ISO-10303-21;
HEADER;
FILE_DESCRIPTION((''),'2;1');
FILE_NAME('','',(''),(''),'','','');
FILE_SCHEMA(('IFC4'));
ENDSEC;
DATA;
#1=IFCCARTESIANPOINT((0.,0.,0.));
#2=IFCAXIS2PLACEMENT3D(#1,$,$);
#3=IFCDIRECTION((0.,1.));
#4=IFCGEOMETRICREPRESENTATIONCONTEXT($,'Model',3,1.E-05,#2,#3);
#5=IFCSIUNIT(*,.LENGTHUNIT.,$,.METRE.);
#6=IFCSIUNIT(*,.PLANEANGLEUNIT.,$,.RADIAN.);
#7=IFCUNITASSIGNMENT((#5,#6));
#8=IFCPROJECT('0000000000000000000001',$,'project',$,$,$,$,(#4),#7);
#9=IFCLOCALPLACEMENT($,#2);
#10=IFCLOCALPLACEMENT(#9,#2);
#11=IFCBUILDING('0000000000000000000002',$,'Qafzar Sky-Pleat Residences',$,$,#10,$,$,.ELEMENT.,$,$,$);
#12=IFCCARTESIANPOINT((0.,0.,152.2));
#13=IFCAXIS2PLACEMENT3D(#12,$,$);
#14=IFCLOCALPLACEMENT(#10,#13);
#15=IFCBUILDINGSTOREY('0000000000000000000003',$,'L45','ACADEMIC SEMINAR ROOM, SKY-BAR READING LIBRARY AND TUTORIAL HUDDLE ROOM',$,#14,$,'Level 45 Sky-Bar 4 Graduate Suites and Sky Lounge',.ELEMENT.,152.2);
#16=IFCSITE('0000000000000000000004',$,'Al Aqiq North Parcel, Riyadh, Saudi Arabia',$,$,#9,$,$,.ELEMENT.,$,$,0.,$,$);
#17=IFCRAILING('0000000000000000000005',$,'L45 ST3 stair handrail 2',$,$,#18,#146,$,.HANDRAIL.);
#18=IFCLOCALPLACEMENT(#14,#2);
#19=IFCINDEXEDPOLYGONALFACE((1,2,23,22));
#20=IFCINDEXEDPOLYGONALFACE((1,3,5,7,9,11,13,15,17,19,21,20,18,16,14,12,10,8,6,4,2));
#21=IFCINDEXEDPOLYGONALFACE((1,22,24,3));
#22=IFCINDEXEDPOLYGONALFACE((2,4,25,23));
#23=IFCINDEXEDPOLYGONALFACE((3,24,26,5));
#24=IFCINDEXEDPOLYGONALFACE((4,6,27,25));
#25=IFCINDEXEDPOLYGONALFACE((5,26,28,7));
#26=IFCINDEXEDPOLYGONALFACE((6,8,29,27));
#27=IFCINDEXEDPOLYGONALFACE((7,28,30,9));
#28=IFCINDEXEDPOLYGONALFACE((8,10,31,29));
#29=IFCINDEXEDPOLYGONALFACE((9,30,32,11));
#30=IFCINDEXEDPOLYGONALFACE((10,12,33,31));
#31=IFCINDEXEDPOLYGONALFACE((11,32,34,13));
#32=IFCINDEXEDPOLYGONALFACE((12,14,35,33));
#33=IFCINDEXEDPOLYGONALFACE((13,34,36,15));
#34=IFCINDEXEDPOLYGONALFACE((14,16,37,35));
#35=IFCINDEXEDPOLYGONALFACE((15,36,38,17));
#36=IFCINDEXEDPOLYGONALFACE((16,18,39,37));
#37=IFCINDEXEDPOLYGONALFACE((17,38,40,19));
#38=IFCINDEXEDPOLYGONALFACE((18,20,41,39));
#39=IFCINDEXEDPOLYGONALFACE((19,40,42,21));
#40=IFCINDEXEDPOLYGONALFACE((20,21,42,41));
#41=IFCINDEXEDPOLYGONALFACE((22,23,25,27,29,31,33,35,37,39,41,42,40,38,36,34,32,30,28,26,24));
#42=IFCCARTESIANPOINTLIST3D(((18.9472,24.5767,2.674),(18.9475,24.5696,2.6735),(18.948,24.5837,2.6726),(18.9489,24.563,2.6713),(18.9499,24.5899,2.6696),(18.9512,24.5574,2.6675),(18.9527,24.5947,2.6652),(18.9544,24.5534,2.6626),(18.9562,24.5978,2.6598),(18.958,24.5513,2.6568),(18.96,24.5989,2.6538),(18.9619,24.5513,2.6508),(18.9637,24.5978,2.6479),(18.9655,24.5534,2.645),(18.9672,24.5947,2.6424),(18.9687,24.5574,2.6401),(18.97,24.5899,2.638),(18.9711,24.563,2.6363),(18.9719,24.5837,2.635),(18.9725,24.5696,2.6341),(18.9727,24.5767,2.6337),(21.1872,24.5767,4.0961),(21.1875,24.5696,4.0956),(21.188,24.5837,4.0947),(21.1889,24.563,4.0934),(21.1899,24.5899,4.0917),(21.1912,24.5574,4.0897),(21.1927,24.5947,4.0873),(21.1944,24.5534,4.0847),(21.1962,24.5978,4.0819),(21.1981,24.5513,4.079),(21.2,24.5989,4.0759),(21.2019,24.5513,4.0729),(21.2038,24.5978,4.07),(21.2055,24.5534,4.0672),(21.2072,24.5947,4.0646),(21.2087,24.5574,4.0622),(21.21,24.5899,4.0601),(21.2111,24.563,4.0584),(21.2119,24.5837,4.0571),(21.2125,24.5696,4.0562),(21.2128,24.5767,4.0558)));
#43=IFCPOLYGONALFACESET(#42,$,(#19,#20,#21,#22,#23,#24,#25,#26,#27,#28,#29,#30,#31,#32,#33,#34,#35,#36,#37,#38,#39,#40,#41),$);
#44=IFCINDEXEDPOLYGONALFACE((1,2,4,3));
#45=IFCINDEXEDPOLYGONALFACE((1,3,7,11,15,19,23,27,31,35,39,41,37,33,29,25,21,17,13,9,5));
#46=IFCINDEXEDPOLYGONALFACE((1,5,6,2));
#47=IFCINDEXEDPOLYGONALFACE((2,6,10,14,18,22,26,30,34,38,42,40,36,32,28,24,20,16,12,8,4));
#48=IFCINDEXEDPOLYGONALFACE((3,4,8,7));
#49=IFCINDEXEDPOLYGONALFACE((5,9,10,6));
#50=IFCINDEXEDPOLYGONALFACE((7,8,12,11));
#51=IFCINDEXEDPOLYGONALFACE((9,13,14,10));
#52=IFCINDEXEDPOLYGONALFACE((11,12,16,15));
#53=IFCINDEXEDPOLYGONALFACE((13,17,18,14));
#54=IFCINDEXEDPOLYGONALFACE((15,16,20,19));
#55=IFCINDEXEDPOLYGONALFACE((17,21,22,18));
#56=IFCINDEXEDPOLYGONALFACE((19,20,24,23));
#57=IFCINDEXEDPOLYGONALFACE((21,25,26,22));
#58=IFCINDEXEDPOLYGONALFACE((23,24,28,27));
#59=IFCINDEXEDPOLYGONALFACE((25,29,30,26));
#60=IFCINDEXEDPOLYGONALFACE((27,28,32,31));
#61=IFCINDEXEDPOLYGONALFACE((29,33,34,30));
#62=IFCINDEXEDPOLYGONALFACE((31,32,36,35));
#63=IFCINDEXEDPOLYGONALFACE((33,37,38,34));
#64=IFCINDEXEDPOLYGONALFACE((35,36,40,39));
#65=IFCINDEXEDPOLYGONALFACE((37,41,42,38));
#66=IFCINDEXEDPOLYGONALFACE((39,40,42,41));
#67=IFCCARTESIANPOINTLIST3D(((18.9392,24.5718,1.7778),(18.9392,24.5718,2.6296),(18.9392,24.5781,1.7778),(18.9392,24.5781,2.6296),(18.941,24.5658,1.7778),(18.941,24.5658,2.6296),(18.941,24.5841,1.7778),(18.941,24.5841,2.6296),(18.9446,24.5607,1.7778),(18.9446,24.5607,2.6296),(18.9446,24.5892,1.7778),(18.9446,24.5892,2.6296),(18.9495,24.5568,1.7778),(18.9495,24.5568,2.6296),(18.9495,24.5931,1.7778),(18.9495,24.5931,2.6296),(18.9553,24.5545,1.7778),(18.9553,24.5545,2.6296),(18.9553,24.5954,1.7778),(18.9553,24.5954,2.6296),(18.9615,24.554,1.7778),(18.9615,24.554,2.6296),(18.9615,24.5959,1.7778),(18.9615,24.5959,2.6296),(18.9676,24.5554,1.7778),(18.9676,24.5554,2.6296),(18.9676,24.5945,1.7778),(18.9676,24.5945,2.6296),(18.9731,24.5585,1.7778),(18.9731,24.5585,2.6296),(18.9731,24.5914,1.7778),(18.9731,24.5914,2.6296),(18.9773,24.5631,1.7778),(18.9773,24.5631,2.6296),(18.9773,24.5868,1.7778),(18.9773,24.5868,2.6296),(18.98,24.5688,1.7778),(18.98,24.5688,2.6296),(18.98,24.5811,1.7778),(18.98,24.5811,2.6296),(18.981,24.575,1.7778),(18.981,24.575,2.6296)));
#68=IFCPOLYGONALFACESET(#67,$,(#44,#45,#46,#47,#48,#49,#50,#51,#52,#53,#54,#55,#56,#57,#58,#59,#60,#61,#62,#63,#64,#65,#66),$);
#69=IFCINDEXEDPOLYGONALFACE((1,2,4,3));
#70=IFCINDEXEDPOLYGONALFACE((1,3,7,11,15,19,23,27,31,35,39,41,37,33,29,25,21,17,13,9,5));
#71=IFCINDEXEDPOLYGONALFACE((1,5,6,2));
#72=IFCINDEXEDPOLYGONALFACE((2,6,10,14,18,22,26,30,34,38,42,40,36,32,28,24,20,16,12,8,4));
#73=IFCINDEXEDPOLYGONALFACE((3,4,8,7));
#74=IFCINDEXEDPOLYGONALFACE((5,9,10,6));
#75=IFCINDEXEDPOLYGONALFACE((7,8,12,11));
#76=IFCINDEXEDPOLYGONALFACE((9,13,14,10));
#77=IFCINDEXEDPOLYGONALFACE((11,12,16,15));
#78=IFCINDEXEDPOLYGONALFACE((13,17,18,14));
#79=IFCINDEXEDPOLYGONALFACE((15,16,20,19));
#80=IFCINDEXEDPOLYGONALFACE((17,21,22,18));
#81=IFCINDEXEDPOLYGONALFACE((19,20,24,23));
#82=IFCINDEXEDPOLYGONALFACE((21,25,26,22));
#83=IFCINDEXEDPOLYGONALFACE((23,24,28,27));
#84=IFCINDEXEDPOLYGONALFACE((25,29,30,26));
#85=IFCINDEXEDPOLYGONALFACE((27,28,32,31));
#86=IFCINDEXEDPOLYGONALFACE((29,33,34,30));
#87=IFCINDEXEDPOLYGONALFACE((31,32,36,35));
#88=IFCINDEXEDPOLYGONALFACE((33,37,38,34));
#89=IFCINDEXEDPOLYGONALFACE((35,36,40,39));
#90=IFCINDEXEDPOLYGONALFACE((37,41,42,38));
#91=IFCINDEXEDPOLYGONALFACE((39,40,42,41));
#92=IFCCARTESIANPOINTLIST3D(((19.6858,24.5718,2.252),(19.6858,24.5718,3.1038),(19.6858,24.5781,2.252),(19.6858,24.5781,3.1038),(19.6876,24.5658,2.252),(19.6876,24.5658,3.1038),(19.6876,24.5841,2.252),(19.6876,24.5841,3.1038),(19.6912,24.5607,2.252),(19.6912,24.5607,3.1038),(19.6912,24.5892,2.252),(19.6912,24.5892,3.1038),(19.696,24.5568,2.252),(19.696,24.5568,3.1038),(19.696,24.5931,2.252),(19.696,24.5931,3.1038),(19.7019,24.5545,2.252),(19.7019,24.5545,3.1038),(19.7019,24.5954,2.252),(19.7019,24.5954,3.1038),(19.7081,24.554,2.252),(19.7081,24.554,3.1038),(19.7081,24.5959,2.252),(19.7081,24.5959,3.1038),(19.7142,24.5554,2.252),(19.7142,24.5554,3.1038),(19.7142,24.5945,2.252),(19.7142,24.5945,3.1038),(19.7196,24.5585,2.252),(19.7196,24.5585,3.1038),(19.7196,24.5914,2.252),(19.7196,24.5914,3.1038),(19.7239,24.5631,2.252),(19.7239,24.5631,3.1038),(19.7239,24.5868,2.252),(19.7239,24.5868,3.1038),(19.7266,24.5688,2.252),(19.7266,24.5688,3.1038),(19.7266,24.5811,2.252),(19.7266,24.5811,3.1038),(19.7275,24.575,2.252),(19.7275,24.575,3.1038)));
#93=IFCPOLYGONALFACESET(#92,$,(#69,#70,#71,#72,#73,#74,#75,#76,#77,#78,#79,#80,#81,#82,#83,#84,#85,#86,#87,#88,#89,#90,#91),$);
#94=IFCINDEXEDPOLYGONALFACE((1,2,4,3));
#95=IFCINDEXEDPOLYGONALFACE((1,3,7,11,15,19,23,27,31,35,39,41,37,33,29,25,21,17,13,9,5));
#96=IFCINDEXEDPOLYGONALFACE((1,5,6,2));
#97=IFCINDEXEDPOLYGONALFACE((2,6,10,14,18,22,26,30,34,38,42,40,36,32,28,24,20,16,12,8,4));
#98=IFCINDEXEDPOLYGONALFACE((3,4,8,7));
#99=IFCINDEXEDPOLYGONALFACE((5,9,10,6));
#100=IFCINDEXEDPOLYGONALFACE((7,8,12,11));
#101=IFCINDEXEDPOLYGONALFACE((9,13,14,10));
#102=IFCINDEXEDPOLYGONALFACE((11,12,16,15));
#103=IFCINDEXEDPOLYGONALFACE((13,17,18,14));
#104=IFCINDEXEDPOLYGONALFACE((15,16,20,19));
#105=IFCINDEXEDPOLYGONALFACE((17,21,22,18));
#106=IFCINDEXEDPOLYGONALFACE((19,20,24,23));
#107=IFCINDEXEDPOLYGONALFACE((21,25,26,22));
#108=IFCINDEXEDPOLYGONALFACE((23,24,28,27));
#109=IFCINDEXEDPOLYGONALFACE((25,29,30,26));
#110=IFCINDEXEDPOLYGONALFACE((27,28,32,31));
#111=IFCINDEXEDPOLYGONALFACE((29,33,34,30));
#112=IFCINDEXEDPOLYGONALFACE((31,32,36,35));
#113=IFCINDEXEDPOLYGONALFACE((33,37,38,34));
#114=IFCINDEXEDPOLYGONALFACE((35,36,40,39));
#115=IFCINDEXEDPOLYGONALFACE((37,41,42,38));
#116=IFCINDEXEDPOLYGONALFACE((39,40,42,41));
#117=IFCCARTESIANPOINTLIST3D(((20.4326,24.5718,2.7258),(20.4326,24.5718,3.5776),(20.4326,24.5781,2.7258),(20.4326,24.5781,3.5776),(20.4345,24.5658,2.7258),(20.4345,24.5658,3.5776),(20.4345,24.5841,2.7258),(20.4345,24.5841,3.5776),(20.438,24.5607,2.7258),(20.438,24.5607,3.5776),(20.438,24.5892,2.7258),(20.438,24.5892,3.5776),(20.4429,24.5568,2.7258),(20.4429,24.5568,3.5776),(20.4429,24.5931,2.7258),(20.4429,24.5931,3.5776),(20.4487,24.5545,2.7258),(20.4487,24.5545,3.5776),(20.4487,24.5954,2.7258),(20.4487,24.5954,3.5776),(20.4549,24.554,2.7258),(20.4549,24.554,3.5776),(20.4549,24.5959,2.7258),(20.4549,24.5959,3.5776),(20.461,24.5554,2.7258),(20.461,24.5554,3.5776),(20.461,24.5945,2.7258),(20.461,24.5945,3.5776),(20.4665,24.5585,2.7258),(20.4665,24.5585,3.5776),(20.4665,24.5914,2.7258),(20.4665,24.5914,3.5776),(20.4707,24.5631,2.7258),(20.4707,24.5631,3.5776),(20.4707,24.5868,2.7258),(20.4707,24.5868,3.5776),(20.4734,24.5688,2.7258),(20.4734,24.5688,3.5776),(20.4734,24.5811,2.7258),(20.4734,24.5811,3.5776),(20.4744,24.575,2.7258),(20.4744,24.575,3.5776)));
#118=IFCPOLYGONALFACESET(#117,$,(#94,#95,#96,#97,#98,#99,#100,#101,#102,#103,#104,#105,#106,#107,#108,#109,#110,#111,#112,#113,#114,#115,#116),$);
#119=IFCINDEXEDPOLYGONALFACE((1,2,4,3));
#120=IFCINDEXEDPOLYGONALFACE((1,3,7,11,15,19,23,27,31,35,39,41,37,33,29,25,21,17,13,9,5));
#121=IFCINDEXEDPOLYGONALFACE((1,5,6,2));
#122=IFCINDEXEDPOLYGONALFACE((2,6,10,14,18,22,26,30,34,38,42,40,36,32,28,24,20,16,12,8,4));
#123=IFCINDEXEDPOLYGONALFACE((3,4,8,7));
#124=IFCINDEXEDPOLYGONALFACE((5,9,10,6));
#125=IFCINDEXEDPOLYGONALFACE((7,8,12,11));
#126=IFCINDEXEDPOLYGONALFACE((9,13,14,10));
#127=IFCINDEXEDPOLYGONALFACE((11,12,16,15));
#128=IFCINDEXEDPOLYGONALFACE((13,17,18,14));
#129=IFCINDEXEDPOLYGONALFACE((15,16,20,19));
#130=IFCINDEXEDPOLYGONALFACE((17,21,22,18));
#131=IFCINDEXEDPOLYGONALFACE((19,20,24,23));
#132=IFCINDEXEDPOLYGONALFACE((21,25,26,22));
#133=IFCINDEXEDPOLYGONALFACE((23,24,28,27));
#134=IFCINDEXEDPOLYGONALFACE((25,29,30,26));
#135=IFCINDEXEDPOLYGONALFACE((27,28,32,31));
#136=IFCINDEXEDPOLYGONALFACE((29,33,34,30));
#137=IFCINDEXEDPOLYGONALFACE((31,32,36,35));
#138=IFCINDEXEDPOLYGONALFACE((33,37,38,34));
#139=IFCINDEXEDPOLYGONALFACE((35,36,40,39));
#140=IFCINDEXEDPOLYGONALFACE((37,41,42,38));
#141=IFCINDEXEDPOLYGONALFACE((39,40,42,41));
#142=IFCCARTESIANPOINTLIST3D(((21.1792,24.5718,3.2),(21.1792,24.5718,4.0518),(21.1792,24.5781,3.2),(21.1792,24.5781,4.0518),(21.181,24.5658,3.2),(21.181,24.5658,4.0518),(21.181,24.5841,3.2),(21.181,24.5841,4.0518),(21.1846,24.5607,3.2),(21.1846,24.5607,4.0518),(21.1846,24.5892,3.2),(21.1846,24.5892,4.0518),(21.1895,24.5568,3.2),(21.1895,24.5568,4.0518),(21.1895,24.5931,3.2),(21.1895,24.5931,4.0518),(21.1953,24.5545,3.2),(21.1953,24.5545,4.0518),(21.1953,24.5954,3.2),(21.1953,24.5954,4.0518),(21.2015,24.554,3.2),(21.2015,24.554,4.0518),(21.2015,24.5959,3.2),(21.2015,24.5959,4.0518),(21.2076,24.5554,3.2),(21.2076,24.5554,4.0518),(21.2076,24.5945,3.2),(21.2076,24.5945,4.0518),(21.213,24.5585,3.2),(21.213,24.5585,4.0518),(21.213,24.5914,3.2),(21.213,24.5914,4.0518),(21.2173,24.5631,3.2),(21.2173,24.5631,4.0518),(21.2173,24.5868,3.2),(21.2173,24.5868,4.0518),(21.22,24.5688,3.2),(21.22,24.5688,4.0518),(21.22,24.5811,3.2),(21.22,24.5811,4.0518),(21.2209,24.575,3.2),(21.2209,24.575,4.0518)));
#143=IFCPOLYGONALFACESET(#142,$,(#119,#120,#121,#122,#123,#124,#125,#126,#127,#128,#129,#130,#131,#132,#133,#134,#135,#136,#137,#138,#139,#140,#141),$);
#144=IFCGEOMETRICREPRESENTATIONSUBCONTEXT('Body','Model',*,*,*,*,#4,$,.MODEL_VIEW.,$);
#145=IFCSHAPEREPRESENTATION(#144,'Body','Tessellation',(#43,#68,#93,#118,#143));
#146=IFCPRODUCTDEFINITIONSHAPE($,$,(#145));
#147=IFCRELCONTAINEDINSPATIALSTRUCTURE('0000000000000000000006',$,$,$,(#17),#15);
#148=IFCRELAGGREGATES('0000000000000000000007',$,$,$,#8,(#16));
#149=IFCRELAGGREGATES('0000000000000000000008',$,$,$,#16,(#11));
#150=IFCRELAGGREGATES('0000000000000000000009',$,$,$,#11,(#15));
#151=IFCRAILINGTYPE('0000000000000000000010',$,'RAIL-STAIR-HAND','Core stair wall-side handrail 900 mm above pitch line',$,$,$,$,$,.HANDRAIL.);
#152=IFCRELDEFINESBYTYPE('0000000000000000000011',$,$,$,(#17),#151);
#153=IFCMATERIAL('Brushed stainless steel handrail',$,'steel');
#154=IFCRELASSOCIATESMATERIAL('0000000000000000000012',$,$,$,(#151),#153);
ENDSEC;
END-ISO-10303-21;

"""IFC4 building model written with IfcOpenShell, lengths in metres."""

from ifc_helpers import new_model, si_unit, direction, frame, origin, origin_2d, place, context, subcontext, project, spatial, circle, extrude, source, transform, mapped, material, type_object, element, save


model = new_model("IFC4")

# Units and contexts
model_context = context("Model", 3, precision=1e-05, world=origin(), true_north=direction((0.0, 1.0)))
body_context = subcontext(model_context, "Body", "Model", "MODEL_VIEW")
ifc_project = project(units=[si_unit("LENGTHUNIT", "METRE"), si_unit("PLANEANGLEUNIT", "RADIAN")], contexts=[model_context])

# Site, building, storey
site_placement = place(None, origin())
site = spatial("IfcSite", under=ifc_project, at=site_placement, Name="Al Aqiq North Parcel, Riyadh, Saudi Arabia", CompositionType="ELEMENT", RefElevation=0.0)
building_placement = place(site_placement, origin())
building = spatial("IfcBuilding", under=site, at=building_placement, Name="Qafzar Sky-Pleat Residences", CompositionType="ELEMENT")
storey_placement = place(building_placement, frame((0.0, 0.0, 152.2)))
storey = spatial("IfcBuildingStorey", under=building, at=storey_placement, Name="L45", Description="ACADEMIC SEMINAR ROOM, SKY-BAR READING LIBRARY AND TUTORIAL HUDDLE ROOM", LongName="Level 45 Sky-Bar 4 Graduate Suites and Sky Lounge", CompositionType="ELEMENT", Elevation=152.2)

# Railing
ifc_material_1 = material(Name="Brushed stainless steel handrail", Category="steel")
railing_type_1 = type_object("IfcRailingType", Name="RAIL-STAIR-HAND", Description="Core stair wall-side handrail 900 mm above pitch line", PredefinedType="HANDRAIL", material=ifc_material_1)
shared_shape_1 = source(origin(), body_context, "Body", "SweptSolid", [
    extrude(circle(Radius=0.0239, at=origin_2d()), frame((0.0, 0.0, 0.876), z_axis=(0.844229, 0.0, 0.535982), x_axis=(0.0, 1.0, 0.0)), (0.0, 0.0, 1.0), 2.6533),
    extrude(circle(Radius=0.021, at=origin_2d()), origin(), (0.0, 0.0, 1.0), 0.8518),
    extrude(circle(Radius=0.021, at=origin_2d()), frame((0.7466, 0.0, 0.4741)), (0.0, 0.0, 1.0), 0.8518),
    extrude(circle(Radius=0.021, at=origin_2d()), frame((1.4934, 0.0, 0.948)), (0.0, 0.0, 1.0), 0.8518),
    extrude(circle(Radius=0.021, at=origin_2d()), frame((2.24, 0.0, 1.4221)), (0.0, 0.0, 1.0), 0.8518),
])
railing_1_placement = place(storey_placement, frame((18.96, 24.575, 1.7778)))
element("IfcRailing", 1, at=railing_1_placement, inside=storey, type_object=railing_type_1, Name="L45 ST3 stair handrail 2", PredefinedType="HANDRAIL", context=body_context, shape_type="MappedRepresentation", body=[
    mapped(shared_shape_1, transform((0.0, 0.0, 0.0), x_axis=(1.0, 0.0, 0.0), y_axis=(0.0, 1.0, 0.0), z_axis=(0.0, 0.0, 1.0), scale=1.0)),
])

save(model, "model.ifc")
